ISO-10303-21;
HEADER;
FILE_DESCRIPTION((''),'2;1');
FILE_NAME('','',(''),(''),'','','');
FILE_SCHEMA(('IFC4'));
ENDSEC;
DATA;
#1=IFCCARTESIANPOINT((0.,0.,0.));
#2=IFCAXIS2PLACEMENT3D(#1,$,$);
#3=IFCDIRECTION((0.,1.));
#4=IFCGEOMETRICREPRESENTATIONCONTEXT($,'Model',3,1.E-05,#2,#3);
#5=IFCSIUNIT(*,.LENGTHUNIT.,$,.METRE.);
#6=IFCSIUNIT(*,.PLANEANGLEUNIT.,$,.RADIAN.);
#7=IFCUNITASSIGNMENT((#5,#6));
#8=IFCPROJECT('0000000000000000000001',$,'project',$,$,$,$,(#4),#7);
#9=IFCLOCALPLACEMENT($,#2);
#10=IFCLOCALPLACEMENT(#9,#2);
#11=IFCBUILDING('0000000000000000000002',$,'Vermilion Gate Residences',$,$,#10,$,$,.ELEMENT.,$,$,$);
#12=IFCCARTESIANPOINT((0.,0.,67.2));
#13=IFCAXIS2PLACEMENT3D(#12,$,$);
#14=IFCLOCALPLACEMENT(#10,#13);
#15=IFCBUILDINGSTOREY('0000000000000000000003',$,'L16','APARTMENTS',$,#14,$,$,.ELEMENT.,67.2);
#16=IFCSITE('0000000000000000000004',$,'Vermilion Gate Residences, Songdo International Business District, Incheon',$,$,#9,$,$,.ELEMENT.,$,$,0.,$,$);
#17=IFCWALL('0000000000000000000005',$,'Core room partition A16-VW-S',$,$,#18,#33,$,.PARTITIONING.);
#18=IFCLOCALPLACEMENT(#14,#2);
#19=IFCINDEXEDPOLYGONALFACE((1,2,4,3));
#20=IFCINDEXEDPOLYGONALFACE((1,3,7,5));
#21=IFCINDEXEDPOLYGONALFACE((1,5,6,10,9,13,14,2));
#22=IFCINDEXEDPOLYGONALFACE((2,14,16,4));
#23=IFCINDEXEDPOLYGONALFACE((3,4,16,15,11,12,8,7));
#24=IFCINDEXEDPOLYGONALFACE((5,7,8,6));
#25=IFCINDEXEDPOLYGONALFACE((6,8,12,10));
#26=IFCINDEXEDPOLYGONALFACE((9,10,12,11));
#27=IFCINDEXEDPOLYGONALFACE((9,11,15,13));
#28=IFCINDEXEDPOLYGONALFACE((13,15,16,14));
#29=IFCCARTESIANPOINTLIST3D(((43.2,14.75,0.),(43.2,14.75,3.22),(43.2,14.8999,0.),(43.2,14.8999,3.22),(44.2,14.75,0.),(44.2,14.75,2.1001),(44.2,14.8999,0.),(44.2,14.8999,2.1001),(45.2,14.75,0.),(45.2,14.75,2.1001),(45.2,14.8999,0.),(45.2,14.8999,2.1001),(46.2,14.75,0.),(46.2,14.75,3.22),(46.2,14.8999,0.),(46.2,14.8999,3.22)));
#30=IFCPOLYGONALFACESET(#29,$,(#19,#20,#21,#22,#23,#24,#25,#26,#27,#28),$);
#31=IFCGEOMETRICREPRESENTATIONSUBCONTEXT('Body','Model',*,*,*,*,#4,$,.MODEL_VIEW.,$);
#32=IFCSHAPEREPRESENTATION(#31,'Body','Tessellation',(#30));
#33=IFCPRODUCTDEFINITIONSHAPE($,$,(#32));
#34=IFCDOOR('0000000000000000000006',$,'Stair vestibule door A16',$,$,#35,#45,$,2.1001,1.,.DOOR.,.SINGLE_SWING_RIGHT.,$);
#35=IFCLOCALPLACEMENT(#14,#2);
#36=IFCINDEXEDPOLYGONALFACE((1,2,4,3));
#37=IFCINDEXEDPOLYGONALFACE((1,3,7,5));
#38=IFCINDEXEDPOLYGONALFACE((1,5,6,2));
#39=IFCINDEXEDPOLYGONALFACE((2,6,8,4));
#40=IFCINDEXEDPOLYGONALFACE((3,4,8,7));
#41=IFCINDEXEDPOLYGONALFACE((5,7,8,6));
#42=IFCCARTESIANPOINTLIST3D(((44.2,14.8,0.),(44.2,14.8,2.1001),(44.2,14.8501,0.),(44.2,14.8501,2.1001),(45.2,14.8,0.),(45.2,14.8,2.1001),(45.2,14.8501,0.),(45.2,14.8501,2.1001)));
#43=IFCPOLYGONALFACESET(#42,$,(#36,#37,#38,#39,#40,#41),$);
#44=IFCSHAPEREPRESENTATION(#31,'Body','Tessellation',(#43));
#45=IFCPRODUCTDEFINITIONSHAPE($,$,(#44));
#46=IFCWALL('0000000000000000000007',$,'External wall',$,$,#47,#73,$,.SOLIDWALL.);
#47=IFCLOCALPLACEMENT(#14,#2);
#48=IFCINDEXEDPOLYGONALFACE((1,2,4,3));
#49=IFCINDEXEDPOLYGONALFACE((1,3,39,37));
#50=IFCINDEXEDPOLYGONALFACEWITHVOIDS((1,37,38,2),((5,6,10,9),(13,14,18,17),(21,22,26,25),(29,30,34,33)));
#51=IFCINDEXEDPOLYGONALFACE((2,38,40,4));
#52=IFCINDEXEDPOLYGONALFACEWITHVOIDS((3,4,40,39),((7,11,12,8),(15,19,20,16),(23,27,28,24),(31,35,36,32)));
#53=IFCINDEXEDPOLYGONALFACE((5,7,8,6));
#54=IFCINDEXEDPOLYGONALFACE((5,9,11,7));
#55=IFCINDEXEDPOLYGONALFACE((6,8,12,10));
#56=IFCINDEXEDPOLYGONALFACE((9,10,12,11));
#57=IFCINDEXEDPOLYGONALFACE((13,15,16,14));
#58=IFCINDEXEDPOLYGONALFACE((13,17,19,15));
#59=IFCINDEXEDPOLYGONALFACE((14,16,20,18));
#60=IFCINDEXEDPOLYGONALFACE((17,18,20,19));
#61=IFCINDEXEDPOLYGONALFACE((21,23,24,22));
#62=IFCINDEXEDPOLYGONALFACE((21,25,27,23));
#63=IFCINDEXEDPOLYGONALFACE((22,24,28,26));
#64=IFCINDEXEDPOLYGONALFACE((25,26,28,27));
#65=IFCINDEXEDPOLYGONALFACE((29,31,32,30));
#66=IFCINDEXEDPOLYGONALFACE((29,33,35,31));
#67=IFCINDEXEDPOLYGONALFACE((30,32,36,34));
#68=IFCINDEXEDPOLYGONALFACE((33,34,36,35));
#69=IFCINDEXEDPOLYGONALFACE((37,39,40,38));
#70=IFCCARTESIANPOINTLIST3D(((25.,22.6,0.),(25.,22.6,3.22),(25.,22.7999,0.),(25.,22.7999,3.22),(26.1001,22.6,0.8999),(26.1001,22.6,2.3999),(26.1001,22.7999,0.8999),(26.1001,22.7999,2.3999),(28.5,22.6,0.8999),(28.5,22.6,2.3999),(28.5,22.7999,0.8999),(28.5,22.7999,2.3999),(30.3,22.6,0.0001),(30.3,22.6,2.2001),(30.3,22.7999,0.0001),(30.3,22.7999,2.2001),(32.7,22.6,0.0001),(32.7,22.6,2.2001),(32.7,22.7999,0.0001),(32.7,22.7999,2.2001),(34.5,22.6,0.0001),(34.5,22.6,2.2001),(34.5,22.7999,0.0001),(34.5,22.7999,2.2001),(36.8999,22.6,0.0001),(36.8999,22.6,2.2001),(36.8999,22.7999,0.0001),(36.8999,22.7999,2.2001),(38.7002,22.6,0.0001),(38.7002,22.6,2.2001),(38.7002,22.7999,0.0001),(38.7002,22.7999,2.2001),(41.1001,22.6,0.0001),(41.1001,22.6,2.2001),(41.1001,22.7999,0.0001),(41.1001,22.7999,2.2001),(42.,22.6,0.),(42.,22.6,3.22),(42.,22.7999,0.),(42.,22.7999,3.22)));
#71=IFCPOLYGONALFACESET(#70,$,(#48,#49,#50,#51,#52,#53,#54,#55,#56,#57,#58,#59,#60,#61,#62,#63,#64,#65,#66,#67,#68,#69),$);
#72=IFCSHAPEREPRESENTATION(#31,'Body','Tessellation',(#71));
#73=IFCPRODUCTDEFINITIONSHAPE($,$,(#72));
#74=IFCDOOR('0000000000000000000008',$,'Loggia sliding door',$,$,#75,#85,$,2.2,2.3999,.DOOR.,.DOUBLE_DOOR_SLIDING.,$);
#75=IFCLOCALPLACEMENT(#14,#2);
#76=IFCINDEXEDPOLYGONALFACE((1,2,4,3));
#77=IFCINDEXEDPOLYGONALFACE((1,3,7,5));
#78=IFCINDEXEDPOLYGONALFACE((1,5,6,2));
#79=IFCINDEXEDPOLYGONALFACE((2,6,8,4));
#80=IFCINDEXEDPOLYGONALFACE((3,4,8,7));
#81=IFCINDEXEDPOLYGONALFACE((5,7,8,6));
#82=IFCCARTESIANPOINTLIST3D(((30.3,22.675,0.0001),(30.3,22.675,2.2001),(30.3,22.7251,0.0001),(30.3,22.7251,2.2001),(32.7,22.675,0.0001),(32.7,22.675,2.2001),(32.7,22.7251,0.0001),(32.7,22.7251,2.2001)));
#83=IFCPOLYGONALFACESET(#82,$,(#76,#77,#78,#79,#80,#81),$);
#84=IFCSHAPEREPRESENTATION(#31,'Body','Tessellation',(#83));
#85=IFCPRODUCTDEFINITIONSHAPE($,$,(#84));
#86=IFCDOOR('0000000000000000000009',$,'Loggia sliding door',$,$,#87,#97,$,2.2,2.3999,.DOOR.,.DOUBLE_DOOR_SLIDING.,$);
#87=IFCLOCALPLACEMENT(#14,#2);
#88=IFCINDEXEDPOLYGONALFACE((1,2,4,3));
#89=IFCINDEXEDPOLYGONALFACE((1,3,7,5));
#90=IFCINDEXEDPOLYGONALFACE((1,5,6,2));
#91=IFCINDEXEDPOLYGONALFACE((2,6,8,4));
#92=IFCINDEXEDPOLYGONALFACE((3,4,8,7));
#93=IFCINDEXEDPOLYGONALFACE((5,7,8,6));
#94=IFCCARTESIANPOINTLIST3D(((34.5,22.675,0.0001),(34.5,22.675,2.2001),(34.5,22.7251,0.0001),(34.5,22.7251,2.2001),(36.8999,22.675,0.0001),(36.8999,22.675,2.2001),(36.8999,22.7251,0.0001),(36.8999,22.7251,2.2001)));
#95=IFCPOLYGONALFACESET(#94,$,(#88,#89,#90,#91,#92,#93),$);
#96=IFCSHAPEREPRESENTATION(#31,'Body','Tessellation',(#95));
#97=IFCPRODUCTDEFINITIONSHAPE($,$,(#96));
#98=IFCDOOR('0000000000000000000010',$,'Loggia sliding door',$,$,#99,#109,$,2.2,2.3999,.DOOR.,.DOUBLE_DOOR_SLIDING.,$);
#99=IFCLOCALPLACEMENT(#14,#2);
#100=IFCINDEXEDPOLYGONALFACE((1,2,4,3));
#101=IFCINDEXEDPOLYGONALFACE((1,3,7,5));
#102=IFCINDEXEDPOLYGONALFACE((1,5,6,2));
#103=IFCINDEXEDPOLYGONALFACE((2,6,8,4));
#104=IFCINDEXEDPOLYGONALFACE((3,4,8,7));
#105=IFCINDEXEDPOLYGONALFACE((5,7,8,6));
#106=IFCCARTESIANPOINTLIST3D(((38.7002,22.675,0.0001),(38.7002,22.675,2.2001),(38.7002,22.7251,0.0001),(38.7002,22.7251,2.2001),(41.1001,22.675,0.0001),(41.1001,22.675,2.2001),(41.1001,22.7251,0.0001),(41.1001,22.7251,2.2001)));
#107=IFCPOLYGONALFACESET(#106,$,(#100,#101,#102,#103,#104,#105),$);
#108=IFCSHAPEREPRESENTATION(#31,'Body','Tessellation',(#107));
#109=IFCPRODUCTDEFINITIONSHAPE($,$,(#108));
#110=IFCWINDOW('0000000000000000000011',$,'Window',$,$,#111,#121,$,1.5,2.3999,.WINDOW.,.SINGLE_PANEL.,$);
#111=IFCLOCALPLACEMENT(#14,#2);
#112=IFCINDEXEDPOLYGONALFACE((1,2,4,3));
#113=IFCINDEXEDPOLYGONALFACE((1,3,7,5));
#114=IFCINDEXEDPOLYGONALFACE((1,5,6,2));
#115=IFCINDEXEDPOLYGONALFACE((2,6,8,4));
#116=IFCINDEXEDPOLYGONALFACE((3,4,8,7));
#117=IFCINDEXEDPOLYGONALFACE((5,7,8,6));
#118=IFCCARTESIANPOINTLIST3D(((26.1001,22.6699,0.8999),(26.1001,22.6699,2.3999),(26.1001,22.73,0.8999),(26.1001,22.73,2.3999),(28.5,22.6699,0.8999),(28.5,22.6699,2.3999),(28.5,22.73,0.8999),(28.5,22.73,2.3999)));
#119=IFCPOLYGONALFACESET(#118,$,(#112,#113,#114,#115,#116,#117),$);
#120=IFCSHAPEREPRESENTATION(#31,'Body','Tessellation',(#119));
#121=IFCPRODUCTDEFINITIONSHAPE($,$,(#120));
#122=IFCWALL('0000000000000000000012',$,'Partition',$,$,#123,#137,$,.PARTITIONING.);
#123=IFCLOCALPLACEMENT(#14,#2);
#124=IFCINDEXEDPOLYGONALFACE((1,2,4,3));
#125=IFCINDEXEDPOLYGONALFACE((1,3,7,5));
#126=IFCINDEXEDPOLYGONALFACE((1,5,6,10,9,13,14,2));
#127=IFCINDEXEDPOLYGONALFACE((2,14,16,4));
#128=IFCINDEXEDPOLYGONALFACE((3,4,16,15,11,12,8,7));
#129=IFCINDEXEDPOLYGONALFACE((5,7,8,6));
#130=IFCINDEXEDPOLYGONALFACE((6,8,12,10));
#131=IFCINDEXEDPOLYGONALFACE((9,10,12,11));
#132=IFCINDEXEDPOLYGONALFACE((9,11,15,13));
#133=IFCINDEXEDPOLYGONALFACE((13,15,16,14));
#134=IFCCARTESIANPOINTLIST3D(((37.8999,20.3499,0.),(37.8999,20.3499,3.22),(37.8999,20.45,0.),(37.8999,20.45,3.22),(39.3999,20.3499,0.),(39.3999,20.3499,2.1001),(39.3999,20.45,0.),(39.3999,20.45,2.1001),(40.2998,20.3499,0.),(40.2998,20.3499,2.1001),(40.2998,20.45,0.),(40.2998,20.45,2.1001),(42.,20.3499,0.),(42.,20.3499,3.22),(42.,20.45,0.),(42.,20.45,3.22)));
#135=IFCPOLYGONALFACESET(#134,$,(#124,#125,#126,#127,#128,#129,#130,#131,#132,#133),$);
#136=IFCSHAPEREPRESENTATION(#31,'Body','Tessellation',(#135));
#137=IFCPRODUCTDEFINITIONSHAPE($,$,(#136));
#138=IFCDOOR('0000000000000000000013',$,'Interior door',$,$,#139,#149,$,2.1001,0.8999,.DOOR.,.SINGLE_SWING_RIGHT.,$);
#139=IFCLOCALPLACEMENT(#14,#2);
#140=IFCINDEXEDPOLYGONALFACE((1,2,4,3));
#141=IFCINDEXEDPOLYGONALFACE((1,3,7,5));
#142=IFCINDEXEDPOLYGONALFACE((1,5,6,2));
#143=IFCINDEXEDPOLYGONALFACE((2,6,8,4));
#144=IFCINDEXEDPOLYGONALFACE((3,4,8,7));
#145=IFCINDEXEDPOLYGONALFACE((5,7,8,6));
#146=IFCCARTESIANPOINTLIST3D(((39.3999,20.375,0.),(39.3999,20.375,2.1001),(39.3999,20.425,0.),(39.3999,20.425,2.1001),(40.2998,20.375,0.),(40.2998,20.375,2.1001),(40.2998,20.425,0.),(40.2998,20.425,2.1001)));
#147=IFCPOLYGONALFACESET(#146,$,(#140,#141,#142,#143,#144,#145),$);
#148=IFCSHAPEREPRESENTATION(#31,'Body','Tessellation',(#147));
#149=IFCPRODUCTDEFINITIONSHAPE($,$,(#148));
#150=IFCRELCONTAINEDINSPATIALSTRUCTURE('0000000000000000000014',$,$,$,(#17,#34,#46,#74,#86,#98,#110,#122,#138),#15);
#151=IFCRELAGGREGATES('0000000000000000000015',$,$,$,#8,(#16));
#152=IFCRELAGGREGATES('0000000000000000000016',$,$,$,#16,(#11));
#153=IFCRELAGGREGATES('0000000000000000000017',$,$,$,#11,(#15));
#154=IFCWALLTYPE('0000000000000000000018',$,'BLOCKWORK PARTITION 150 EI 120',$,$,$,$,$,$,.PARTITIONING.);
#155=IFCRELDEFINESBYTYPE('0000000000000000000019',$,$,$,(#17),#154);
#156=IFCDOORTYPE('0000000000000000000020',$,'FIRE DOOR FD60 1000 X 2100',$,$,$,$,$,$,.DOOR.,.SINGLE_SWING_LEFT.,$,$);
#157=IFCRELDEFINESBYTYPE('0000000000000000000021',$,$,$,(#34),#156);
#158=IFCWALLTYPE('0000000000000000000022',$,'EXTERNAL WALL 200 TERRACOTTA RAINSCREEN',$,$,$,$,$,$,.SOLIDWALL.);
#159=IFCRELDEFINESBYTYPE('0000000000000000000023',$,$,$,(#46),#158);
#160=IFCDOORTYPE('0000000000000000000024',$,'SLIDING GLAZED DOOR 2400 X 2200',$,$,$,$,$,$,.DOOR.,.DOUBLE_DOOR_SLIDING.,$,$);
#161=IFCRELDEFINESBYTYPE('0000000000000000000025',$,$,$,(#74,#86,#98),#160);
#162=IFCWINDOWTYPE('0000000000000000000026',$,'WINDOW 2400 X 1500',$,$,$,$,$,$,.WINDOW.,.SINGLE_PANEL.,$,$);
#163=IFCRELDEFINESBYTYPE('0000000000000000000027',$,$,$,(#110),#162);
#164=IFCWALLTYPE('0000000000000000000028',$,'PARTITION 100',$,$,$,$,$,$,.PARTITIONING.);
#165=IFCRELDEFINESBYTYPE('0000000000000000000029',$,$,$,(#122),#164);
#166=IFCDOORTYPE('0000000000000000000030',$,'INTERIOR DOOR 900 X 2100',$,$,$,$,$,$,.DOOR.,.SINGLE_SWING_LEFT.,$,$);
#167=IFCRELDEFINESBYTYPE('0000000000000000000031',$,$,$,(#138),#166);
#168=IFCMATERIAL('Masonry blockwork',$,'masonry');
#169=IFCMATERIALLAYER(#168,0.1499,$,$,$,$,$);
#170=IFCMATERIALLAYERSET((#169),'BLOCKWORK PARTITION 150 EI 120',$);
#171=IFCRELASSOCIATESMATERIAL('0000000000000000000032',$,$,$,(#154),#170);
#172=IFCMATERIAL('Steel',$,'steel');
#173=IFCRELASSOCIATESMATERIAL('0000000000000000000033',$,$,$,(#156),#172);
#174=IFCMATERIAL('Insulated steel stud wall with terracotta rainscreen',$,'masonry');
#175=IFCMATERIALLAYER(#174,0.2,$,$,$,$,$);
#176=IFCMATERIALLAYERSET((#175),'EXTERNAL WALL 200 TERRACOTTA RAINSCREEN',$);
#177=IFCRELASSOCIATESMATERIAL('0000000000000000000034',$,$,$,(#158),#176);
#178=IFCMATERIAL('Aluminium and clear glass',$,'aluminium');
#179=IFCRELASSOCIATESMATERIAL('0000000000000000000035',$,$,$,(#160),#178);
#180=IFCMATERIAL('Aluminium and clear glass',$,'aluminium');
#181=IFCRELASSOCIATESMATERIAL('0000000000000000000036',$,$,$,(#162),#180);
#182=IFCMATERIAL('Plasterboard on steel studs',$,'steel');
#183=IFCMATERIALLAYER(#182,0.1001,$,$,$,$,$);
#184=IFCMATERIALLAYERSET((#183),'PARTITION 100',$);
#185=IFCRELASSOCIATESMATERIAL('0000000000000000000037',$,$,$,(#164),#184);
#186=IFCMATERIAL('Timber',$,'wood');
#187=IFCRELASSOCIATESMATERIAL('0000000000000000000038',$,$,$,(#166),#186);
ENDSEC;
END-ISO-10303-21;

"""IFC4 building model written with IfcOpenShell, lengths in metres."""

from ifc_helpers import new_model, si_unit, direction, frame, frame_2d, origin, place, context, subcontext, project, spatial, rectangle, extrude, material, layer, layer_set, type_object, element, fill, save


model = new_model("IFC4")

# Units and contexts
model_context = context("Model", 3, precision=1e-05, world=origin(), true_north=direction((0.0, 1.0)))
body_context = subcontext(model_context, "Body", "Model", "MODEL_VIEW")
ifc_project = project(units=[si_unit("LENGTHUNIT", "METRE"), si_unit("PLANEANGLEUNIT", "RADIAN")], contexts=[model_context])

# Site, building, storey
site_placement = place(None, origin())
site = spatial("IfcSite", under=ifc_project, at=site_placement, Name="Vermilion Gate Residences, Songdo International Business District, Incheon", CompositionType="ELEMENT", RefElevation=0.0)
building_placement = place(site_placement, origin())
building = spatial("IfcBuilding", under=site, at=building_placement, Name="Vermilion Gate Residences", CompositionType="ELEMENT")
storey_placement = place(building_placement, frame((0.0, 0.0, 67.2)))
storey = spatial("IfcBuildingStorey", under=building, at=storey_placement, Name="L16", Description="APARTMENTS", CompositionType="ELEMENT", Elevation=67.2)

# Wall, opening, door
ifc_material_1 = material(Name="Masonry blockwork", Category="masonry")
ifc_layer_1 = layer(ifc_material_1, 0.1499)
ifc_layer_set_1 = layer_set([ifc_layer_1], Name="BLOCKWORK PARTITION 150 EI 120")
wall_type_1 = type_object("IfcWallType", Name="BLOCKWORK PARTITION 150 EI 120", PredefinedType="PARTITIONING", material=ifc_layer_set_1)
wall_1_placement = place(storey_placement, frame((43.2, 14.825, 0.0), z_axis=(0.0, 0.0, 1.0), x_axis=(1.0, 0.0, 0.0)))
wall_1 = element("IfcWall", 1, at=wall_1_placement, inside=storey, type_object=wall_type_1, Name="Core room partition A16-VW-S", PredefinedType="PARTITIONING", context=body_context, shape_type="SweptSolid", body=[
    extrude(rectangle(XDim=3.0, YDim=0.1499, at=frame_2d((1.5, 0.0))), origin(), (0.0, 0.0, 1.0), 3.22),
])
opening_1_placement = place(wall_1_placement, frame((1.0, 0.0, 0.0)))
opening_1 = element("IfcOpeningElement", 2, at=opening_1_placement, cuts=wall_1, PredefinedType="OPENING", context=body_context, shape_type="SweptSolid", body=[
    extrude(rectangle(XDim=1.0, YDim=2.1001, at=frame_2d((0.5, 1.05))), frame((0.0, 0.085, 0.0), z_axis=(0.0, -1.0, 0.0), x_axis=(1.0, 0.0, 0.0)), (0.0, 0.0, 1.0), 0.1699),
])
ifc_material_2 = material(Name="Steel", Category="steel")
door_type_1 = type_object("IfcDoorType", Name="FIRE DOOR FD60 1000 X 2100", OperationType="SINGLE_SWING_LEFT", PredefinedType="DOOR", material=ifc_material_2)
door_1_placement = place(opening_1_placement, frame((1.0, 0.0, 0.0), z_axis=(0.0, 0.0, 1.0), x_axis=(-1.0, 0.0, 0.0)))
door_1 = element("IfcDoor", 3, at=door_1_placement, inside=storey, type_object=door_type_1, Name="Stair vestibule door A16", OperationType="SINGLE_SWING_RIGHT", OverallHeight=2.1001, OverallWidth=1.0, PredefinedType="DOOR", context=body_context, shape_type="SweptSolid", body=[
    extrude(rectangle(XDim=1.0, YDim=2.1001, at=frame_2d((0.5, 1.05))), frame((0.0, 0.0249, 0.0), z_axis=(0.0, -1.0, 0.0), x_axis=(1.0, 0.0, 0.0)), (0.0, 0.0, 1.0), 0.05),
])
fill(opening_1, door_1)

# Wall, openings, doors, window
ifc_material_3 = material(Name="Insulated steel stud wall with terracotta rainscreen", Category="masonry")
ifc_layer_2 = layer(ifc_material_3, 0.2)
ifc_layer_set_2 = layer_set([ifc_layer_2], Name="EXTERNAL WALL 200 TERRACOTTA RAINSCREEN")
wall_type_2 = type_object("IfcWallType", Name="EXTERNAL WALL 200 TERRACOTTA RAINSCREEN", PredefinedType="SOLIDWALL", material=ifc_layer_set_2)
wall_2_placement = place(storey_placement, frame((42.0, 22.7, 0.0), z_axis=(0.0, 0.0, 1.0), x_axis=(-1.0, 0.0, 0.0)))
wall_2 = element("IfcWall", 4, at=wall_2_placement, inside=storey, type_object=wall_type_2, Name="External wall", PredefinedType="SOLIDWALL", context=body_context, shape_type="SweptSolid", body=[
    extrude(rectangle(XDim=17.0, YDim=0.2, at=frame_2d((8.5, 0.0))), origin(), (0.0, 0.0, 1.0), 3.22),
])
opening_2_placement = place(wall_2_placement, frame((13.5, 0.0, 0.8999)))
opening_2 = element("IfcOpeningElement", 5, at=opening_2_placement, cuts=wall_2, PredefinedType="OPENING", context=body_context, shape_type="SweptSolid", body=[
    extrude(rectangle(XDim=2.3999, YDim=1.5, at=frame_2d((1.2, 0.75))), frame((0.0, 0.1099, 0.0), z_axis=(0.0, -1.0, 0.0), x_axis=(1.0, 0.0, 0.0)), (0.0, 0.0, 1.0), 0.22),
])
opening_3_placement = place(wall_2_placement, frame((9.3, 0.0, 0.0)))
opening_3 = element("IfcOpeningElement", 6, at=opening_3_placement, cuts=wall_2, PredefinedType="OPENING", context=body_context, shape_type="SweptSolid", body=[
    extrude(rectangle(XDim=2.3999, YDim=2.2, at=frame_2d((1.2, 1.1001))), frame((0.0, 0.1099, 0.0), z_axis=(0.0, -1.0, 0.0), x_axis=(1.0, 0.0, 0.0)), (0.0, 0.0, 1.0), 0.22),
])
opening_4_placement = place(wall_2_placement, frame((5.1001, 0.0, 0.0)))
opening_4 = element("IfcOpeningElement", 7, at=opening_4_placement, cuts=wall_2, PredefinedType="OPENING", context=body_context, shape_type="SweptSolid", body=[
    extrude(rectangle(XDim=2.3999, YDim=2.2, at=frame_2d((1.2, 1.1001))), frame((0.0, 0.1099, 0.0), z_axis=(0.0, -1.0, 0.0), x_axis=(1.0, 0.0, 0.0)), (0.0, 0.0, 1.0), 0.22),
])
opening_5_placement = place(wall_2_placement, frame((0.8999, 0.0, 0.0)))
opening_5 = element("IfcOpeningElement", 8, at=opening_5_placement, cuts=wall_2, PredefinedType="OPENING", context=body_context, shape_type="SweptSolid", body=[
    extrude(rectangle(XDim=2.3999, YDim=2.2, at=frame_2d((1.2, 1.1001))), frame((0.0, 0.1099, 0.0), z_axis=(0.0, -1.0, 0.0), x_axis=(1.0, 0.0, 0.0)), (0.0, 0.0, 1.0), 0.22),
])
ifc_material_4 = material(Name="Aluminium and clear glass", Category="aluminium")
door_type_2 = type_object("IfcDoorType", Name="SLIDING GLAZED DOOR 2400 X 2200", OperationType="DOUBLE_DOOR_SLIDING", PredefinedType="DOOR", material=ifc_material_4)
door_2_placement = place(opening_3_placement, origin())
door_2 = element("IfcDoor", 9, at=door_2_placement, inside=storey, type_object=door_type_2, Name="Loggia sliding door", OperationType="DOUBLE_DOOR_SLIDING", OverallHeight=2.2, OverallWidth=2.3999, PredefinedType="DOOR", context=body_context, shape_type="SweptSolid", body=[
    extrude(rectangle(XDim=2.3999, YDim=2.2, at=frame_2d((1.2, 1.1001))), frame((0.0, 0.0249, 0.0), z_axis=(0.0, -1.0, 0.0), x_axis=(1.0, 0.0, 0.0)), (0.0, 0.0, 1.0), 0.05),
])
fill(opening_3, door_2)
door_3_placement = place(opening_4_placement, origin())
door_3 = element("IfcDoor", 10, at=door_3_placement, inside=storey, type_object=door_type_2, Name="Loggia sliding door", OperationType="DOUBLE_DOOR_SLIDING", OverallHeight=2.2, OverallWidth=2.3999, PredefinedType="DOOR", context=body_context, shape_type="SweptSolid", body=[
    extrude(rectangle(XDim=2.3999, YDim=2.2, at=frame_2d((1.2, 1.1001))), frame((0.0, 0.0249, 0.0), z_axis=(0.0, -1.0, 0.0), x_axis=(1.0, 0.0, 0.0)), (0.0, 0.0, 1.0), 0.05),
])
fill(opening_4, door_3)
door_4_placement = place(opening_5_placement, origin())
door_4 = element("IfcDoor", 11, at=door_4_placement, inside=storey, type_object=door_type_2, Name="Loggia sliding door", OperationType="DOUBLE_DOOR_SLIDING", OverallHeight=2.2, OverallWidth=2.3999, PredefinedType="DOOR", context=body_context, shape_type="SweptSolid", body=[
    extrude(rectangle(XDim=2.3999, YDim=2.2, at=frame_2d((1.2, 1.1001))), frame((0.0, 0.0249, 0.0), z_axis=(0.0, -1.0, 0.0), x_axis=(1.0, 0.0, 0.0)), (0.0, 0.0, 1.0), 0.05),
])
fill(opening_5, door_4)
ifc_material_5 = material(Name="Aluminium and clear glass", Category="aluminium")
window_type_1 = type_object("IfcWindowType", Name="WINDOW 2400 X 1500", PartitioningType="SINGLE_PANEL", PredefinedType="WINDOW", material=ifc_material_5)
window_1_placement = place(opening_2_placement, origin())
window_1 = element("IfcWindow", 12, at=window_1_placement, inside=storey, type_object=window_type_1, Name="Window", OverallHeight=1.5, OverallWidth=2.3999, PartitioningType="SINGLE_PANEL", PredefinedType="WINDOW", context=body_context, shape_type="SweptSolid", body=[
    extrude(rectangle(XDim=2.3999, YDim=1.5, at=frame_2d((1.2, 0.75))), frame((0.0, 0.03, 0.0), z_axis=(0.0, -1.0, 0.0), x_axis=(1.0, 0.0, 0.0)), (0.0, 0.0, 1.0), 0.0601),
])
fill(opening_2, window_1)

# Wall, opening, door
ifc_material_6 = material(Name="Plasterboard on steel studs", Category="steel")
ifc_layer_3 = layer(ifc_material_6, 0.1001)
ifc_layer_set_3 = layer_set([ifc_layer_3], Name="PARTITION 100")
wall_type_3 = type_object("IfcWallType", Name="PARTITION 100", PredefinedType="PARTITIONING", material=ifc_layer_set_3)
wall_3_placement = place(storey_placement, frame((37.8999, 20.3999, 0.0), z_axis=(0.0, 0.0, 1.0), x_axis=(1.0, 0.0, 0.0)))
wall_3 = element("IfcWall", 13, at=wall_3_placement, inside=storey, type_object=wall_type_3, Name="Partition", PredefinedType="PARTITIONING", context=body_context, shape_type="SweptSolid", body=[
    extrude(rectangle(XDim=4.1001, YDim=0.1001, at=frame_2d((2.05, 0.0))), origin(), (0.0, 0.0, 1.0), 3.22),
])
opening_6_placement = place(wall_3_placement, frame((1.5, 0.0, 0.0)))
opening_6 = element("IfcOpeningElement", 14, at=opening_6_placement, cuts=wall_3, PredefinedType="OPENING", context=body_context, shape_type="SweptSolid", body=[
    extrude(rectangle(XDim=0.8999, YDim=2.1001, at=frame_2d((0.45, 1.05))), frame((0.0, 0.0601, 0.0), z_axis=(0.0, -1.0, 0.0), x_axis=(1.0, 0.0, 0.0)), (0.0, 0.0, 1.0), 0.1201),
])
ifc_material_7 = material(Name="Timber", Category="wood")
door_type_3 = type_object("IfcDoorType", Name="INTERIOR DOOR 900 X 2100", OperationType="SINGLE_SWING_LEFT", PredefinedType="DOOR", material=ifc_material_7)
door_5_placement = place(opening_6_placement, frame((0.8999, 0.0, 0.0), z_axis=(0.0, 0.0, 1.0), x_axis=(-1.0, 0.0, 0.0)))
door_5 = element("IfcDoor", 15, at=door_5_placement, inside=storey, type_object=door_type_3, Name="Interior door", OperationType="SINGLE_SWING_RIGHT", OverallHeight=2.1001, OverallWidth=0.8999, PredefinedType="DOOR", context=body_context, shape_type="SweptSolid", body=[
    extrude(rectangle(XDim=0.8999, YDim=2.1001, at=frame_2d((0.45, 1.05))), frame((0.0, 0.0249, 0.0), z_axis=(0.0, -1.0, 0.0), x_axis=(1.0, 0.0, 0.0)), (0.0, 0.0, 1.0), 0.05),
])
fill(opening_6, door_5)

save(model, "model.ifc")
